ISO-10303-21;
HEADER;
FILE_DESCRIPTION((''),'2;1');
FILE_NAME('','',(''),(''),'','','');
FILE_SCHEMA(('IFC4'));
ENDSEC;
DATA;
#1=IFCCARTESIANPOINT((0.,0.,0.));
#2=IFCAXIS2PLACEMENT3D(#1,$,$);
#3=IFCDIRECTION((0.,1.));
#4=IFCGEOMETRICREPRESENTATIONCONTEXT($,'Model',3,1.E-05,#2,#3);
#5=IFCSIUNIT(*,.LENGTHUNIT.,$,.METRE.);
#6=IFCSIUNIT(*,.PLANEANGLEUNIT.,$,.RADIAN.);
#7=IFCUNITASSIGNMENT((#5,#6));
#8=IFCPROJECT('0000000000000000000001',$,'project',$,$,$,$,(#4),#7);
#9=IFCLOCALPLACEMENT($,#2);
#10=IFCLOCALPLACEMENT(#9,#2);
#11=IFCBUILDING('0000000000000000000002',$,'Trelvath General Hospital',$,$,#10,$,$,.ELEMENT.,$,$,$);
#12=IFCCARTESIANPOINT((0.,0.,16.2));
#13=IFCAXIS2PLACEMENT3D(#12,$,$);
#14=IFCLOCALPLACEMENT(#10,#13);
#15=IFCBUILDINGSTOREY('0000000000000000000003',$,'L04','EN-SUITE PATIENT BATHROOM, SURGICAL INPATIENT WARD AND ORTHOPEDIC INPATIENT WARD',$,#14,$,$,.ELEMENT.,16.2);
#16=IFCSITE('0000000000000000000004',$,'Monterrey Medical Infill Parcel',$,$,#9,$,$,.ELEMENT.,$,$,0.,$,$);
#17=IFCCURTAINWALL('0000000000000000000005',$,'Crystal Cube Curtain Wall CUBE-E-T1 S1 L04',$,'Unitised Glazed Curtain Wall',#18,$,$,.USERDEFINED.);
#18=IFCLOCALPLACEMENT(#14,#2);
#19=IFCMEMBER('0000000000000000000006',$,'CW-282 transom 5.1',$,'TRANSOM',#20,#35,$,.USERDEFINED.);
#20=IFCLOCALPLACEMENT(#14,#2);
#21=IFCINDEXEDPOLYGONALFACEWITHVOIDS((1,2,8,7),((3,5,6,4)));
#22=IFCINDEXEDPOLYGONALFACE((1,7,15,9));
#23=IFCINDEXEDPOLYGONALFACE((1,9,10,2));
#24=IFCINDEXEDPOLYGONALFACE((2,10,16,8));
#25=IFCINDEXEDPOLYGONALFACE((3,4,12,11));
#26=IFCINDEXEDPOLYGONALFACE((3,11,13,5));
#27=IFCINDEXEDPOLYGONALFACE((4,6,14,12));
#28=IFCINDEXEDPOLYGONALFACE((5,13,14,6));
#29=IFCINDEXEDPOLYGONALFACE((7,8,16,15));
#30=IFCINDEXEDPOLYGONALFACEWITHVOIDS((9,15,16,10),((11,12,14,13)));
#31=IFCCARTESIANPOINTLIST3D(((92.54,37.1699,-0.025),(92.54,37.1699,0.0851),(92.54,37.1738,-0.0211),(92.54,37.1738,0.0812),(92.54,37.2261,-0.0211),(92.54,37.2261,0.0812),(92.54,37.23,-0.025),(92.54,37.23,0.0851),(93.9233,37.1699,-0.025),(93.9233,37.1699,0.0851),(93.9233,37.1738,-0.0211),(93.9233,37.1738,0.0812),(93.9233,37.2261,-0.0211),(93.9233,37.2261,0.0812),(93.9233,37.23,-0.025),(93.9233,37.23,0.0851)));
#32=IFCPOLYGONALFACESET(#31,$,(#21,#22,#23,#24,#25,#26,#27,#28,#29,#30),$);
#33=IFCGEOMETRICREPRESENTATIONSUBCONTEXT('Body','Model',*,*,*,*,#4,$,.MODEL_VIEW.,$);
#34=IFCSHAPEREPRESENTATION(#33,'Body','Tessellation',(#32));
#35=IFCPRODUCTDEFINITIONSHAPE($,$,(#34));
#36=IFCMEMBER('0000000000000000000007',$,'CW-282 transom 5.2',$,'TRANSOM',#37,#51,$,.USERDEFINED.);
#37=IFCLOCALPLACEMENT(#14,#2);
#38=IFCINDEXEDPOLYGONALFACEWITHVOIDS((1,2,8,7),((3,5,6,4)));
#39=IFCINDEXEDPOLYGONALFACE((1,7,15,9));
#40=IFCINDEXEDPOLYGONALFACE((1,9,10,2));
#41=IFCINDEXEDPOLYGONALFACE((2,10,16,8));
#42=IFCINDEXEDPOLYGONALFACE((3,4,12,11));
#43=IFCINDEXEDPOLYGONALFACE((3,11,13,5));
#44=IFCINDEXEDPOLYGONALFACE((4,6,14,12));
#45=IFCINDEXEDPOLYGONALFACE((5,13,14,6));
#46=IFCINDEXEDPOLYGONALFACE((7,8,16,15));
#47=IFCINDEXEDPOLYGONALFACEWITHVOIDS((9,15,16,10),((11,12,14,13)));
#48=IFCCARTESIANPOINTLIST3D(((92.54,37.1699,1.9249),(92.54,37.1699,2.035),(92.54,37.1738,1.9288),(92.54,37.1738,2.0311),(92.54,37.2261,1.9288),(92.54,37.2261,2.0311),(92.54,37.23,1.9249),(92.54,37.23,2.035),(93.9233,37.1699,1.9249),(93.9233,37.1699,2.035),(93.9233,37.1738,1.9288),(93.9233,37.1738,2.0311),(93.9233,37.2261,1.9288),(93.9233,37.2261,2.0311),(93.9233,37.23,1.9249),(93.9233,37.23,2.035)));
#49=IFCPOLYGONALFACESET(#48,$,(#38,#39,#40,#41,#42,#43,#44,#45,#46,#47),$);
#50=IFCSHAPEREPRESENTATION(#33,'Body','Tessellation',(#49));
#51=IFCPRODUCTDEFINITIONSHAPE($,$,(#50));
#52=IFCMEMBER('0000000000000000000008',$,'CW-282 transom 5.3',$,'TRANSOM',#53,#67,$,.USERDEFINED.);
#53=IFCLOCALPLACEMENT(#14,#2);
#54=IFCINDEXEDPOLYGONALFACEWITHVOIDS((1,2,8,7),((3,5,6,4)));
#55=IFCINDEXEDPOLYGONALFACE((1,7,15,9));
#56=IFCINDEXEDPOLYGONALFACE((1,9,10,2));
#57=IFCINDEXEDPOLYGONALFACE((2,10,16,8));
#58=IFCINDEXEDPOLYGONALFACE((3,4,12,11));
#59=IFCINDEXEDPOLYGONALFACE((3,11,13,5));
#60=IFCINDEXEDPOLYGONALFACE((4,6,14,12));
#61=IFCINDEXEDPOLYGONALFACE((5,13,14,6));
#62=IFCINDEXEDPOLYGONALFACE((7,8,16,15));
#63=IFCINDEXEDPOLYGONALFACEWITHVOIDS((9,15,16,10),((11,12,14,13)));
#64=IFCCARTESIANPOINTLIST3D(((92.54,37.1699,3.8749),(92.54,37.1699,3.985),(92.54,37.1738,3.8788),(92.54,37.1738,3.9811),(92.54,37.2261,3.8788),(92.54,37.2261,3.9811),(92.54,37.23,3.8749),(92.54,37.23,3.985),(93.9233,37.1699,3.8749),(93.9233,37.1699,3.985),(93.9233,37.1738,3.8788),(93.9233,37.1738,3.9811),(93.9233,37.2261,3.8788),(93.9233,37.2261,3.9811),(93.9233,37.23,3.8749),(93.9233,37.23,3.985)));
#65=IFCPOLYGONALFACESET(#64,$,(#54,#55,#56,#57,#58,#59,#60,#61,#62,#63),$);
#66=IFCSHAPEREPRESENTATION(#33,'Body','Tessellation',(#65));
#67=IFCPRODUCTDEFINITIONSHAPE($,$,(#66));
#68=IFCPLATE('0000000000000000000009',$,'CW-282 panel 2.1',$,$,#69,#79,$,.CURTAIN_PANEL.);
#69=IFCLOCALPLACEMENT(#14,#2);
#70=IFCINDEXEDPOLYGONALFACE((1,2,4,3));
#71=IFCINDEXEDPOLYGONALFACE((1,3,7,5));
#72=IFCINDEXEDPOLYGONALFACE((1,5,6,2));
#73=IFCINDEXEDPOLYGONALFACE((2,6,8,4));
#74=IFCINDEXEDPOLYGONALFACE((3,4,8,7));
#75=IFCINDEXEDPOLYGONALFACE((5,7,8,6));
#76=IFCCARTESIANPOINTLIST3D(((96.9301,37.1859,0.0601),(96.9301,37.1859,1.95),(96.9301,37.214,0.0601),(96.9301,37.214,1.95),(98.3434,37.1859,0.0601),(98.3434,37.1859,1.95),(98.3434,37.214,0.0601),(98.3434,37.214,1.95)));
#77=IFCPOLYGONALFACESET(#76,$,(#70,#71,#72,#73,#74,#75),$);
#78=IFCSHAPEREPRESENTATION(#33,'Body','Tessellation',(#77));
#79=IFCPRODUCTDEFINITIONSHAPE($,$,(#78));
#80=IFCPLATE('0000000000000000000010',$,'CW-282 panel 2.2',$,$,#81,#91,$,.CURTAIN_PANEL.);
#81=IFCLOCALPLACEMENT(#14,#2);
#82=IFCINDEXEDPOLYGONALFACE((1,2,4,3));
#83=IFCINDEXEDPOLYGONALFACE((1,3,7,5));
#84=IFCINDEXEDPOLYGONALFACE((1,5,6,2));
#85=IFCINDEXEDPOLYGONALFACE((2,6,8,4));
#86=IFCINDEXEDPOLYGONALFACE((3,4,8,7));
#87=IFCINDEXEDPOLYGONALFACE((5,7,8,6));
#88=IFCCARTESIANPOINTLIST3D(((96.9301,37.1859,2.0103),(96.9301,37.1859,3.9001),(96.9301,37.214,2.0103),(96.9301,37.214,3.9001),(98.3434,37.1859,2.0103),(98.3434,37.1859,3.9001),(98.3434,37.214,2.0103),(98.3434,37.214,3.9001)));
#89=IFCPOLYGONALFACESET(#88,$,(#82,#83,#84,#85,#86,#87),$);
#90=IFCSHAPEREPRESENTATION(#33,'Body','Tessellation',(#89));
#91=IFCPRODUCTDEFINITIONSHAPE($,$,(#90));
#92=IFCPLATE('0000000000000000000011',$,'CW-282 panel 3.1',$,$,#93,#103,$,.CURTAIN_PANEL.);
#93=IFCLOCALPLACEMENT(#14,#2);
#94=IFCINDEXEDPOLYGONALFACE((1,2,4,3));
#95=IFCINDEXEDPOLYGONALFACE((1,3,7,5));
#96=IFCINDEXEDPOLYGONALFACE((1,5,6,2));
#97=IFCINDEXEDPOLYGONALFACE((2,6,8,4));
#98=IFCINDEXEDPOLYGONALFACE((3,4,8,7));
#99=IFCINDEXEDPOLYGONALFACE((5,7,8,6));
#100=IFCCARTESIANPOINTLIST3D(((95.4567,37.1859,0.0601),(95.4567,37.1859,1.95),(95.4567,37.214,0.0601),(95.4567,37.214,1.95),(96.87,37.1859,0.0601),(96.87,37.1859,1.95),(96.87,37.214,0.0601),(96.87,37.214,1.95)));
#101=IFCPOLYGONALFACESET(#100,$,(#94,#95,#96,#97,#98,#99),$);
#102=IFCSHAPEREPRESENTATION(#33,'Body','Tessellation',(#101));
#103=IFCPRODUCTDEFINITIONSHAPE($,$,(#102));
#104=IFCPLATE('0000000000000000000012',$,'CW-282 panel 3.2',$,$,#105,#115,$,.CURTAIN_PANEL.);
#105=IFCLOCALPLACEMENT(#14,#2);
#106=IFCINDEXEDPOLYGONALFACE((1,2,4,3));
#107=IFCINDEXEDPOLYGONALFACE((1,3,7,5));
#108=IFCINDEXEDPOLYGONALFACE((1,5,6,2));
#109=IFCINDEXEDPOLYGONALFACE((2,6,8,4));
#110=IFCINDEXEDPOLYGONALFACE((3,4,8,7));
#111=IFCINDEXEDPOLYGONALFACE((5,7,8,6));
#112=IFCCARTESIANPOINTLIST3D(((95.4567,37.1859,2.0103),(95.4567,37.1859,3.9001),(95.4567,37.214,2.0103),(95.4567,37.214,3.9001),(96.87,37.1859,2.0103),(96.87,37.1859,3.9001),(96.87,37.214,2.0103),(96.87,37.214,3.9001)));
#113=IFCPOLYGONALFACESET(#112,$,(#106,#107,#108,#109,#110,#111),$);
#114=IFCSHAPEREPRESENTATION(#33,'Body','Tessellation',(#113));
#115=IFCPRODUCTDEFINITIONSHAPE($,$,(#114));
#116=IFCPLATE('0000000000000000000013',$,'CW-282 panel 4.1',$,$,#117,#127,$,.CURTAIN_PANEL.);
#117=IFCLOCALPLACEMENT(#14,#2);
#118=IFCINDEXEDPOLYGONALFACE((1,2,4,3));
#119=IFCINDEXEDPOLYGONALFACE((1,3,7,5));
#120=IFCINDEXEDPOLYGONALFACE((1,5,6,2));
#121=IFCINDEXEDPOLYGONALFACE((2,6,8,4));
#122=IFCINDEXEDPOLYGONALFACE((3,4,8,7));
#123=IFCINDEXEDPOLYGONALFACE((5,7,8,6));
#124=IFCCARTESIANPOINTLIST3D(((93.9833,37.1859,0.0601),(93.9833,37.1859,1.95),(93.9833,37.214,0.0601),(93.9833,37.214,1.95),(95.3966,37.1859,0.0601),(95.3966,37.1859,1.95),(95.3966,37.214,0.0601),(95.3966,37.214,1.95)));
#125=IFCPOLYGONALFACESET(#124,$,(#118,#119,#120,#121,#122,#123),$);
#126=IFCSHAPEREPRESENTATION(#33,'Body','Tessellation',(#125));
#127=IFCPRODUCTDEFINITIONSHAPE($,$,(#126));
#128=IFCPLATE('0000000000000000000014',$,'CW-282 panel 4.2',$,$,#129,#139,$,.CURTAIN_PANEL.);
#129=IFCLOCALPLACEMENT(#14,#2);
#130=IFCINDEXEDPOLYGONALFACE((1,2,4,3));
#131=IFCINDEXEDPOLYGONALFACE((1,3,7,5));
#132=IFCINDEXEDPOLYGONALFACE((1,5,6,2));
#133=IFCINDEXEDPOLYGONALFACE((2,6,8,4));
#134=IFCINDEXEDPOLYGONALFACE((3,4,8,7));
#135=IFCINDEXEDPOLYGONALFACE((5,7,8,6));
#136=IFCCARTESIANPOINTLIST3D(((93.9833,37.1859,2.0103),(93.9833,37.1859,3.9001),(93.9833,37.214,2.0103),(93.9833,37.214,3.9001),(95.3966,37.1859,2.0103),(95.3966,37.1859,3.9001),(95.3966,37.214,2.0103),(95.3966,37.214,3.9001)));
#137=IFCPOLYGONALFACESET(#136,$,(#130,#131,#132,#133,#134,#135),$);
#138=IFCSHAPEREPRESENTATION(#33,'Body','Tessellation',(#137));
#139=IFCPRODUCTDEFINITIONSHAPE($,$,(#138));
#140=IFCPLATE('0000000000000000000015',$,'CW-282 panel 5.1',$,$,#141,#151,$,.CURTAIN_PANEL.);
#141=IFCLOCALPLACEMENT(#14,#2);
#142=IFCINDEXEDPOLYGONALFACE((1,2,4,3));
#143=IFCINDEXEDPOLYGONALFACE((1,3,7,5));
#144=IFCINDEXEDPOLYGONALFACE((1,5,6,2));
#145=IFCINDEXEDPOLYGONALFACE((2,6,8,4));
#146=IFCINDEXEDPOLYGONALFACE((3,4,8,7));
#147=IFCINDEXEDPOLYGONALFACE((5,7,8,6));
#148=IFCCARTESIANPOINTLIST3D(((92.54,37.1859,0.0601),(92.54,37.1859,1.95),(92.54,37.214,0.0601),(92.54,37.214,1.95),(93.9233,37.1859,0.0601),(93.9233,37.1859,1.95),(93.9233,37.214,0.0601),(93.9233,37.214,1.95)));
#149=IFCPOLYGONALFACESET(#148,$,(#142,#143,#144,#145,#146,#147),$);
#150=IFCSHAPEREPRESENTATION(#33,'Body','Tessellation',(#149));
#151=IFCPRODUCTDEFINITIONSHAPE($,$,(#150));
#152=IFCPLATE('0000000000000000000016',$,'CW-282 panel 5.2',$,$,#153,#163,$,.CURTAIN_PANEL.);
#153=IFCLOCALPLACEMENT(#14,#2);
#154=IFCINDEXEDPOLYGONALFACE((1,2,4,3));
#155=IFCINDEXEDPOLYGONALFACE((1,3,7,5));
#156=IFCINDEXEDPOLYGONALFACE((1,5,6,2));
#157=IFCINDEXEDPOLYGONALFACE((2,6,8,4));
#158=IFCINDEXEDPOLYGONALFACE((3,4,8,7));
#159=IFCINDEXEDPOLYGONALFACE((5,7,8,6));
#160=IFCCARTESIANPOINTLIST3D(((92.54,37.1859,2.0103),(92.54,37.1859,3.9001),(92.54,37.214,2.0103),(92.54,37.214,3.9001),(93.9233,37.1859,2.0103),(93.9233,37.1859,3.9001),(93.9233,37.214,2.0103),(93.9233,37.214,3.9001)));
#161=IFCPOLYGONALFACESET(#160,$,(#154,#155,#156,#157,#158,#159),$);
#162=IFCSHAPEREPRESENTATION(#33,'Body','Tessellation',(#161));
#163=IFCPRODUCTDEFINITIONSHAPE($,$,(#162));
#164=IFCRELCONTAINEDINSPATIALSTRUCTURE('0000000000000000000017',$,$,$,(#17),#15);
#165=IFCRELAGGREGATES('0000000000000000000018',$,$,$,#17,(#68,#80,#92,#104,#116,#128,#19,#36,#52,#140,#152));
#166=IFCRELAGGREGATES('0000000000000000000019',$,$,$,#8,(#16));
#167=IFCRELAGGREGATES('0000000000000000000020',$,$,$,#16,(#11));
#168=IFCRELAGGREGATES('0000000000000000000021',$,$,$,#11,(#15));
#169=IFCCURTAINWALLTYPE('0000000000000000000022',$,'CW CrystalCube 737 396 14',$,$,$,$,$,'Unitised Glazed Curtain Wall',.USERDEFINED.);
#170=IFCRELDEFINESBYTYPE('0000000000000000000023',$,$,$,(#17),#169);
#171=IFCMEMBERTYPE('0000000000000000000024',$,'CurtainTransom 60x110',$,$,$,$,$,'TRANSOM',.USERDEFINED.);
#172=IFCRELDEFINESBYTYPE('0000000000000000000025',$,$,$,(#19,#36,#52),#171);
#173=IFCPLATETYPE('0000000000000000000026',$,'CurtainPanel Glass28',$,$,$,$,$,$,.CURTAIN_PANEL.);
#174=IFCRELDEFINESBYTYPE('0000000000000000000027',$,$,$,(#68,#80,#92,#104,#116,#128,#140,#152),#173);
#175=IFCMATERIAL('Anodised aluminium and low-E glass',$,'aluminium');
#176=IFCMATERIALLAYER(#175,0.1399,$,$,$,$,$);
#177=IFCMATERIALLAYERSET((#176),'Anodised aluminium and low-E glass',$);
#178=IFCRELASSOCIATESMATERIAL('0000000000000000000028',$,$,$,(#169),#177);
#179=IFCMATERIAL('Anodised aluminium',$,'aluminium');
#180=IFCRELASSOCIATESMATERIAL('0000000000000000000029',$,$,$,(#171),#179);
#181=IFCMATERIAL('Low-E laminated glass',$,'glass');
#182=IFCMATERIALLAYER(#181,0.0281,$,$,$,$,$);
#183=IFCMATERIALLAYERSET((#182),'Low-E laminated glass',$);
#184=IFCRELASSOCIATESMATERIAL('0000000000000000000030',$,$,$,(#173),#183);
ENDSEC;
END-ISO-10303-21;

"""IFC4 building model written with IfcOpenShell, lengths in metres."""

from ifc_helpers import new_model, si_unit, direction, frame, origin, origin_2d, place, context, subcontext, project, spatial, rectangle, hollow_rectangle, extrude, material, layer, layer_set, material_profile, profile_set, type_object, element, aggregate, save


model = new_model("IFC4")

# Units and contexts
model_context = context("Model", 3, precision=1e-05, world=origin(), true_north=direction((0.0, 1.0)))
body_context = subcontext(model_context, "Body", "Model", "MODEL_VIEW")
ifc_project = project(units=[si_unit("LENGTHUNIT", "METRE"), si_unit("PLANEANGLEUNIT", "RADIAN")], contexts=[model_context])

# Site, building, storey
site_placement = place(None, origin())
site = spatial("IfcSite", under=ifc_project, at=site_placement, Name="Monterrey Medical Infill Parcel", CompositionType="ELEMENT", RefElevation=0.0)
building_placement = place(site_placement, origin())
building = spatial("IfcBuilding", under=site, at=building_placement, Name="Trelvath General Hospital", CompositionType="ELEMENT")
storey_placement = place(building_placement, frame((0.0, 0.0, 16.2)))
storey = spatial("IfcBuildingStorey", under=building, at=storey_placement, Name="L04", Description="EN-SUITE PATIENT BATHROOM, SURGICAL INPATIENT WARD AND ORTHOPEDIC INPATIENT WARD", CompositionType="ELEMENT", Elevation=16.2)

# Curtain wall, members, plates
ifc_material_1 = material(Name="Anodised aluminium and low-E glass", Category="aluminium")
ifc_layer_1 = layer(ifc_material_1, 0.1399)
ifc_layer_set_1 = layer_set([ifc_layer_1], Name="Anodised aluminium and low-E glass")
curtain_wall_type = type_object("IfcCurtainWallType", Name="CW CrystalCube 737 396 14", ElementType="Unitised Glazed Curtain Wall", PredefinedType="USERDEFINED", material=ifc_layer_set_1)
curtain_wall_placement = place(storey_placement, origin())
curtain_wall = element("IfcCurtainWall", 1, at=curtain_wall_placement, inside=storey, type_object=curtain_wall_type, Name="Crystal Cube Curtain Wall CUBE-E-T1 S1 L04", ObjectType="Unitised Glazed Curtain Wall", PredefinedType="USERDEFINED")
ifc_material_2 = material(Name="Anodised aluminium", Category="aluminium")
ifc_material_profile_1 = material_profile(ifc_material_2, hollow_rectangle(XDim=0.0601, YDim=0.1101, WallThickness=0.0039, at=origin_2d()), Name="RHS60x110x4")
ifc_profile_set_1 = profile_set([ifc_material_profile_1], Name="Anodised aluminium")
member_type_1 = type_object("IfcMemberType", Name="CurtainTransom 60x110", ElementType="TRANSOM", PredefinedType="USERDEFINED", material=ifc_profile_set_1)
member_1_placement = place(storey_placement, frame((93.9233, 37.2, 0.03), z_axis=(-1.0, 0.0, 0.0), x_axis=(0.0, -1.0, 0.0)))
member_1 = element("IfcMember", 2, at=member_1_placement, type_object=member_type_1, Name="CW-282 transom 5.1", ObjectType="TRANSOM", PredefinedType="USERDEFINED", context=body_context, shape_type="SweptSolid", body=[
    extrude(hollow_rectangle(XDim=0.0601, YDim=0.1101, WallThickness=0.0039, at=origin_2d()), origin(), (0.0, 0.0, 1.0), 1.3833),
])
member_2_placement = place(storey_placement, frame((93.9233, 37.2, 1.98), z_axis=(-1.0, 0.0, 0.0), x_axis=(0.0, -1.0, 0.0)))
member_2 = element("IfcMember", 3, at=member_2_placement, type_object=member_type_1, Name="CW-282 transom 5.2", ObjectType="TRANSOM", PredefinedType="USERDEFINED", context=body_context, shape_type="SweptSolid", body=[
    extrude(hollow_rectangle(XDim=0.0601, YDim=0.1101, WallThickness=0.0039, at=origin_2d()), origin(), (0.0, 0.0, 1.0), 1.3833),
])
member_3_placement = place(storey_placement, frame((93.9233, 37.2, 3.9299), z_axis=(-1.0, 0.0, 0.0), x_axis=(0.0, -1.0, 0.0)))
member_3 = element("IfcMember", 4, at=member_3_placement, type_object=member_type_1, Name="CW-282 transom 5.3", ObjectType="TRANSOM", PredefinedType="USERDEFINED", context=body_context, shape_type="SweptSolid", body=[
    extrude(hollow_rectangle(XDim=0.0601, YDim=0.1101, WallThickness=0.0039, at=origin_2d()), origin(), (0.0, 0.0, 1.0), 1.3833),
])
ifc_material_3 = material(Name="Low-E laminated glass", Category="glass")
ifc_layer_2 = layer(ifc_material_3, 0.0281)
ifc_layer_set_2 = layer_set([ifc_layer_2], Name="Low-E laminated glass")
plate_type = type_object("IfcPlateType", Name="CurtainPanel Glass28", PredefinedType="CURTAIN_PANEL", material=ifc_layer_set_2)
plate_1_placement = place(storey_placement, frame((97.6367, 37.2, 0.0601), z_axis=(0.0, 0.0, 1.0), x_axis=(-1.0, 0.0, 0.0)))
plate_1 = element("IfcPlate", 5, at=plate_1_placement, type_object=plate_type, Name="CW-282 panel 2.1", PredefinedType="CURTAIN_PANEL", context=body_context, shape_type="SweptSolid", body=[
    extrude(rectangle(XDim=1.4133, YDim=0.0281, at=origin_2d()), origin(), (0.0, 0.0, 1.0), 1.8899),
])
plate_2_placement = place(storey_placement, frame((97.6367, 37.2, 2.0103), z_axis=(0.0, 0.0, 1.0), x_axis=(-1.0, 0.0, 0.0)))
plate_2 = element("IfcPlate", 6, at=plate_2_placement, type_object=plate_type, Name="CW-282 panel 2.2", PredefinedType="CURTAIN_PANEL", context=body_context, shape_type="SweptSolid", body=[
    extrude(rectangle(XDim=1.4133, YDim=0.0281, at=origin_2d()), origin(), (0.0, 0.0, 1.0), 1.8899),
])
plate_3_placement = place(storey_placement, frame((96.1633, 37.2, 0.0601), z_axis=(0.0, 0.0, 1.0), x_axis=(-1.0, 0.0, 0.0)))
plate_3 = element("IfcPlate", 7, at=plate_3_placement, type_object=plate_type, Name="CW-282 panel 3.1", PredefinedType="CURTAIN_PANEL", context=body_context, shape_type="SweptSolid", body=[
    extrude(rectangle(XDim=1.4133, YDim=0.0281, at=origin_2d()), origin(), (0.0, 0.0, 1.0), 1.8899),
])
plate_4_placement = place(storey_placement, frame((96.1633, 37.2, 2.0103), z_axis=(0.0, 0.0, 1.0), x_axis=(-1.0, 0.0, 0.0)))
plate_4 = element("IfcPlate", 8, at=plate_4_placement, type_object=plate_type, Name="CW-282 panel 3.2", PredefinedType="CURTAIN_PANEL", context=body_context, shape_type="SweptSolid", body=[
    extrude(rectangle(XDim=1.4133, YDim=0.0281, at=origin_2d()), origin(), (0.0, 0.0, 1.0), 1.8899),
])
plate_5_placement = place(storey_placement, frame((94.6899, 37.2, 0.0601), z_axis=(0.0, 0.0, 1.0), x_axis=(-1.0, 0.0, 0.0)))
plate_5 = element("IfcPlate", 9, at=plate_5_placement, type_object=plate_type, Name="CW-282 panel 4.1", PredefinedType="CURTAIN_PANEL", context=body_context, shape_type="SweptSolid", body=[
    extrude(rectangle(XDim=1.4133, YDim=0.0281, at=origin_2d()), origin(), (0.0, 0.0, 1.0), 1.8899),
])
plate_6_placement = place(storey_placement, frame((94.6899, 37.2, 2.0103), z_axis=(0.0, 0.0, 1.0), x_axis=(-1.0, 0.0, 0.0)))
plate_6 = element("IfcPlate", 10, at=plate_6_placement, type_object=plate_type, Name="CW-282 panel 4.2", PredefinedType="CURTAIN_PANEL", context=body_context, shape_type="SweptSolid", body=[
    extrude(rectangle(XDim=1.4133, YDim=0.0281, at=origin_2d()), origin(), (0.0, 0.0, 1.0), 1.8899),
])
plate_7_placement = place(storey_placement, frame((93.2317, 37.2, 0.0601), z_axis=(0.0, 0.0, 1.0), x_axis=(-1.0, 0.0, 0.0)))
plate_7 = element("IfcPlate", 11, at=plate_7_placement, type_object=plate_type, Name="CW-282 panel 5.1", PredefinedType="CURTAIN_PANEL", context=body_context, shape_type="SweptSolid", body=[
    extrude(rectangle(XDim=1.3833, YDim=0.0281, at=origin_2d()), origin(), (0.0, 0.0, 1.0), 1.8899),
])
plate_8_placement = place(storey_placement, frame((93.2317, 37.2, 2.0103), z_axis=(0.0, 0.0, 1.0), x_axis=(-1.0, 0.0, 0.0)))
plate_8 = element("IfcPlate", 12, at=plate_8_placement, type_object=plate_type, Name="CW-282 panel 5.2", PredefinedType="CURTAIN_PANEL", context=body_context, shape_type="SweptSolid", body=[
    extrude(rectangle(XDim=1.3833, YDim=0.0281, at=origin_2d()), origin(), (0.0, 0.0, 1.0), 1.8899),
])
aggregate(curtain_wall, [plate_1, plate_2, plate_3, plate_4, plate_5, plate_6, member_1, member_2, member_3, plate_7, plate_8])

save(model, "model.ifc")
